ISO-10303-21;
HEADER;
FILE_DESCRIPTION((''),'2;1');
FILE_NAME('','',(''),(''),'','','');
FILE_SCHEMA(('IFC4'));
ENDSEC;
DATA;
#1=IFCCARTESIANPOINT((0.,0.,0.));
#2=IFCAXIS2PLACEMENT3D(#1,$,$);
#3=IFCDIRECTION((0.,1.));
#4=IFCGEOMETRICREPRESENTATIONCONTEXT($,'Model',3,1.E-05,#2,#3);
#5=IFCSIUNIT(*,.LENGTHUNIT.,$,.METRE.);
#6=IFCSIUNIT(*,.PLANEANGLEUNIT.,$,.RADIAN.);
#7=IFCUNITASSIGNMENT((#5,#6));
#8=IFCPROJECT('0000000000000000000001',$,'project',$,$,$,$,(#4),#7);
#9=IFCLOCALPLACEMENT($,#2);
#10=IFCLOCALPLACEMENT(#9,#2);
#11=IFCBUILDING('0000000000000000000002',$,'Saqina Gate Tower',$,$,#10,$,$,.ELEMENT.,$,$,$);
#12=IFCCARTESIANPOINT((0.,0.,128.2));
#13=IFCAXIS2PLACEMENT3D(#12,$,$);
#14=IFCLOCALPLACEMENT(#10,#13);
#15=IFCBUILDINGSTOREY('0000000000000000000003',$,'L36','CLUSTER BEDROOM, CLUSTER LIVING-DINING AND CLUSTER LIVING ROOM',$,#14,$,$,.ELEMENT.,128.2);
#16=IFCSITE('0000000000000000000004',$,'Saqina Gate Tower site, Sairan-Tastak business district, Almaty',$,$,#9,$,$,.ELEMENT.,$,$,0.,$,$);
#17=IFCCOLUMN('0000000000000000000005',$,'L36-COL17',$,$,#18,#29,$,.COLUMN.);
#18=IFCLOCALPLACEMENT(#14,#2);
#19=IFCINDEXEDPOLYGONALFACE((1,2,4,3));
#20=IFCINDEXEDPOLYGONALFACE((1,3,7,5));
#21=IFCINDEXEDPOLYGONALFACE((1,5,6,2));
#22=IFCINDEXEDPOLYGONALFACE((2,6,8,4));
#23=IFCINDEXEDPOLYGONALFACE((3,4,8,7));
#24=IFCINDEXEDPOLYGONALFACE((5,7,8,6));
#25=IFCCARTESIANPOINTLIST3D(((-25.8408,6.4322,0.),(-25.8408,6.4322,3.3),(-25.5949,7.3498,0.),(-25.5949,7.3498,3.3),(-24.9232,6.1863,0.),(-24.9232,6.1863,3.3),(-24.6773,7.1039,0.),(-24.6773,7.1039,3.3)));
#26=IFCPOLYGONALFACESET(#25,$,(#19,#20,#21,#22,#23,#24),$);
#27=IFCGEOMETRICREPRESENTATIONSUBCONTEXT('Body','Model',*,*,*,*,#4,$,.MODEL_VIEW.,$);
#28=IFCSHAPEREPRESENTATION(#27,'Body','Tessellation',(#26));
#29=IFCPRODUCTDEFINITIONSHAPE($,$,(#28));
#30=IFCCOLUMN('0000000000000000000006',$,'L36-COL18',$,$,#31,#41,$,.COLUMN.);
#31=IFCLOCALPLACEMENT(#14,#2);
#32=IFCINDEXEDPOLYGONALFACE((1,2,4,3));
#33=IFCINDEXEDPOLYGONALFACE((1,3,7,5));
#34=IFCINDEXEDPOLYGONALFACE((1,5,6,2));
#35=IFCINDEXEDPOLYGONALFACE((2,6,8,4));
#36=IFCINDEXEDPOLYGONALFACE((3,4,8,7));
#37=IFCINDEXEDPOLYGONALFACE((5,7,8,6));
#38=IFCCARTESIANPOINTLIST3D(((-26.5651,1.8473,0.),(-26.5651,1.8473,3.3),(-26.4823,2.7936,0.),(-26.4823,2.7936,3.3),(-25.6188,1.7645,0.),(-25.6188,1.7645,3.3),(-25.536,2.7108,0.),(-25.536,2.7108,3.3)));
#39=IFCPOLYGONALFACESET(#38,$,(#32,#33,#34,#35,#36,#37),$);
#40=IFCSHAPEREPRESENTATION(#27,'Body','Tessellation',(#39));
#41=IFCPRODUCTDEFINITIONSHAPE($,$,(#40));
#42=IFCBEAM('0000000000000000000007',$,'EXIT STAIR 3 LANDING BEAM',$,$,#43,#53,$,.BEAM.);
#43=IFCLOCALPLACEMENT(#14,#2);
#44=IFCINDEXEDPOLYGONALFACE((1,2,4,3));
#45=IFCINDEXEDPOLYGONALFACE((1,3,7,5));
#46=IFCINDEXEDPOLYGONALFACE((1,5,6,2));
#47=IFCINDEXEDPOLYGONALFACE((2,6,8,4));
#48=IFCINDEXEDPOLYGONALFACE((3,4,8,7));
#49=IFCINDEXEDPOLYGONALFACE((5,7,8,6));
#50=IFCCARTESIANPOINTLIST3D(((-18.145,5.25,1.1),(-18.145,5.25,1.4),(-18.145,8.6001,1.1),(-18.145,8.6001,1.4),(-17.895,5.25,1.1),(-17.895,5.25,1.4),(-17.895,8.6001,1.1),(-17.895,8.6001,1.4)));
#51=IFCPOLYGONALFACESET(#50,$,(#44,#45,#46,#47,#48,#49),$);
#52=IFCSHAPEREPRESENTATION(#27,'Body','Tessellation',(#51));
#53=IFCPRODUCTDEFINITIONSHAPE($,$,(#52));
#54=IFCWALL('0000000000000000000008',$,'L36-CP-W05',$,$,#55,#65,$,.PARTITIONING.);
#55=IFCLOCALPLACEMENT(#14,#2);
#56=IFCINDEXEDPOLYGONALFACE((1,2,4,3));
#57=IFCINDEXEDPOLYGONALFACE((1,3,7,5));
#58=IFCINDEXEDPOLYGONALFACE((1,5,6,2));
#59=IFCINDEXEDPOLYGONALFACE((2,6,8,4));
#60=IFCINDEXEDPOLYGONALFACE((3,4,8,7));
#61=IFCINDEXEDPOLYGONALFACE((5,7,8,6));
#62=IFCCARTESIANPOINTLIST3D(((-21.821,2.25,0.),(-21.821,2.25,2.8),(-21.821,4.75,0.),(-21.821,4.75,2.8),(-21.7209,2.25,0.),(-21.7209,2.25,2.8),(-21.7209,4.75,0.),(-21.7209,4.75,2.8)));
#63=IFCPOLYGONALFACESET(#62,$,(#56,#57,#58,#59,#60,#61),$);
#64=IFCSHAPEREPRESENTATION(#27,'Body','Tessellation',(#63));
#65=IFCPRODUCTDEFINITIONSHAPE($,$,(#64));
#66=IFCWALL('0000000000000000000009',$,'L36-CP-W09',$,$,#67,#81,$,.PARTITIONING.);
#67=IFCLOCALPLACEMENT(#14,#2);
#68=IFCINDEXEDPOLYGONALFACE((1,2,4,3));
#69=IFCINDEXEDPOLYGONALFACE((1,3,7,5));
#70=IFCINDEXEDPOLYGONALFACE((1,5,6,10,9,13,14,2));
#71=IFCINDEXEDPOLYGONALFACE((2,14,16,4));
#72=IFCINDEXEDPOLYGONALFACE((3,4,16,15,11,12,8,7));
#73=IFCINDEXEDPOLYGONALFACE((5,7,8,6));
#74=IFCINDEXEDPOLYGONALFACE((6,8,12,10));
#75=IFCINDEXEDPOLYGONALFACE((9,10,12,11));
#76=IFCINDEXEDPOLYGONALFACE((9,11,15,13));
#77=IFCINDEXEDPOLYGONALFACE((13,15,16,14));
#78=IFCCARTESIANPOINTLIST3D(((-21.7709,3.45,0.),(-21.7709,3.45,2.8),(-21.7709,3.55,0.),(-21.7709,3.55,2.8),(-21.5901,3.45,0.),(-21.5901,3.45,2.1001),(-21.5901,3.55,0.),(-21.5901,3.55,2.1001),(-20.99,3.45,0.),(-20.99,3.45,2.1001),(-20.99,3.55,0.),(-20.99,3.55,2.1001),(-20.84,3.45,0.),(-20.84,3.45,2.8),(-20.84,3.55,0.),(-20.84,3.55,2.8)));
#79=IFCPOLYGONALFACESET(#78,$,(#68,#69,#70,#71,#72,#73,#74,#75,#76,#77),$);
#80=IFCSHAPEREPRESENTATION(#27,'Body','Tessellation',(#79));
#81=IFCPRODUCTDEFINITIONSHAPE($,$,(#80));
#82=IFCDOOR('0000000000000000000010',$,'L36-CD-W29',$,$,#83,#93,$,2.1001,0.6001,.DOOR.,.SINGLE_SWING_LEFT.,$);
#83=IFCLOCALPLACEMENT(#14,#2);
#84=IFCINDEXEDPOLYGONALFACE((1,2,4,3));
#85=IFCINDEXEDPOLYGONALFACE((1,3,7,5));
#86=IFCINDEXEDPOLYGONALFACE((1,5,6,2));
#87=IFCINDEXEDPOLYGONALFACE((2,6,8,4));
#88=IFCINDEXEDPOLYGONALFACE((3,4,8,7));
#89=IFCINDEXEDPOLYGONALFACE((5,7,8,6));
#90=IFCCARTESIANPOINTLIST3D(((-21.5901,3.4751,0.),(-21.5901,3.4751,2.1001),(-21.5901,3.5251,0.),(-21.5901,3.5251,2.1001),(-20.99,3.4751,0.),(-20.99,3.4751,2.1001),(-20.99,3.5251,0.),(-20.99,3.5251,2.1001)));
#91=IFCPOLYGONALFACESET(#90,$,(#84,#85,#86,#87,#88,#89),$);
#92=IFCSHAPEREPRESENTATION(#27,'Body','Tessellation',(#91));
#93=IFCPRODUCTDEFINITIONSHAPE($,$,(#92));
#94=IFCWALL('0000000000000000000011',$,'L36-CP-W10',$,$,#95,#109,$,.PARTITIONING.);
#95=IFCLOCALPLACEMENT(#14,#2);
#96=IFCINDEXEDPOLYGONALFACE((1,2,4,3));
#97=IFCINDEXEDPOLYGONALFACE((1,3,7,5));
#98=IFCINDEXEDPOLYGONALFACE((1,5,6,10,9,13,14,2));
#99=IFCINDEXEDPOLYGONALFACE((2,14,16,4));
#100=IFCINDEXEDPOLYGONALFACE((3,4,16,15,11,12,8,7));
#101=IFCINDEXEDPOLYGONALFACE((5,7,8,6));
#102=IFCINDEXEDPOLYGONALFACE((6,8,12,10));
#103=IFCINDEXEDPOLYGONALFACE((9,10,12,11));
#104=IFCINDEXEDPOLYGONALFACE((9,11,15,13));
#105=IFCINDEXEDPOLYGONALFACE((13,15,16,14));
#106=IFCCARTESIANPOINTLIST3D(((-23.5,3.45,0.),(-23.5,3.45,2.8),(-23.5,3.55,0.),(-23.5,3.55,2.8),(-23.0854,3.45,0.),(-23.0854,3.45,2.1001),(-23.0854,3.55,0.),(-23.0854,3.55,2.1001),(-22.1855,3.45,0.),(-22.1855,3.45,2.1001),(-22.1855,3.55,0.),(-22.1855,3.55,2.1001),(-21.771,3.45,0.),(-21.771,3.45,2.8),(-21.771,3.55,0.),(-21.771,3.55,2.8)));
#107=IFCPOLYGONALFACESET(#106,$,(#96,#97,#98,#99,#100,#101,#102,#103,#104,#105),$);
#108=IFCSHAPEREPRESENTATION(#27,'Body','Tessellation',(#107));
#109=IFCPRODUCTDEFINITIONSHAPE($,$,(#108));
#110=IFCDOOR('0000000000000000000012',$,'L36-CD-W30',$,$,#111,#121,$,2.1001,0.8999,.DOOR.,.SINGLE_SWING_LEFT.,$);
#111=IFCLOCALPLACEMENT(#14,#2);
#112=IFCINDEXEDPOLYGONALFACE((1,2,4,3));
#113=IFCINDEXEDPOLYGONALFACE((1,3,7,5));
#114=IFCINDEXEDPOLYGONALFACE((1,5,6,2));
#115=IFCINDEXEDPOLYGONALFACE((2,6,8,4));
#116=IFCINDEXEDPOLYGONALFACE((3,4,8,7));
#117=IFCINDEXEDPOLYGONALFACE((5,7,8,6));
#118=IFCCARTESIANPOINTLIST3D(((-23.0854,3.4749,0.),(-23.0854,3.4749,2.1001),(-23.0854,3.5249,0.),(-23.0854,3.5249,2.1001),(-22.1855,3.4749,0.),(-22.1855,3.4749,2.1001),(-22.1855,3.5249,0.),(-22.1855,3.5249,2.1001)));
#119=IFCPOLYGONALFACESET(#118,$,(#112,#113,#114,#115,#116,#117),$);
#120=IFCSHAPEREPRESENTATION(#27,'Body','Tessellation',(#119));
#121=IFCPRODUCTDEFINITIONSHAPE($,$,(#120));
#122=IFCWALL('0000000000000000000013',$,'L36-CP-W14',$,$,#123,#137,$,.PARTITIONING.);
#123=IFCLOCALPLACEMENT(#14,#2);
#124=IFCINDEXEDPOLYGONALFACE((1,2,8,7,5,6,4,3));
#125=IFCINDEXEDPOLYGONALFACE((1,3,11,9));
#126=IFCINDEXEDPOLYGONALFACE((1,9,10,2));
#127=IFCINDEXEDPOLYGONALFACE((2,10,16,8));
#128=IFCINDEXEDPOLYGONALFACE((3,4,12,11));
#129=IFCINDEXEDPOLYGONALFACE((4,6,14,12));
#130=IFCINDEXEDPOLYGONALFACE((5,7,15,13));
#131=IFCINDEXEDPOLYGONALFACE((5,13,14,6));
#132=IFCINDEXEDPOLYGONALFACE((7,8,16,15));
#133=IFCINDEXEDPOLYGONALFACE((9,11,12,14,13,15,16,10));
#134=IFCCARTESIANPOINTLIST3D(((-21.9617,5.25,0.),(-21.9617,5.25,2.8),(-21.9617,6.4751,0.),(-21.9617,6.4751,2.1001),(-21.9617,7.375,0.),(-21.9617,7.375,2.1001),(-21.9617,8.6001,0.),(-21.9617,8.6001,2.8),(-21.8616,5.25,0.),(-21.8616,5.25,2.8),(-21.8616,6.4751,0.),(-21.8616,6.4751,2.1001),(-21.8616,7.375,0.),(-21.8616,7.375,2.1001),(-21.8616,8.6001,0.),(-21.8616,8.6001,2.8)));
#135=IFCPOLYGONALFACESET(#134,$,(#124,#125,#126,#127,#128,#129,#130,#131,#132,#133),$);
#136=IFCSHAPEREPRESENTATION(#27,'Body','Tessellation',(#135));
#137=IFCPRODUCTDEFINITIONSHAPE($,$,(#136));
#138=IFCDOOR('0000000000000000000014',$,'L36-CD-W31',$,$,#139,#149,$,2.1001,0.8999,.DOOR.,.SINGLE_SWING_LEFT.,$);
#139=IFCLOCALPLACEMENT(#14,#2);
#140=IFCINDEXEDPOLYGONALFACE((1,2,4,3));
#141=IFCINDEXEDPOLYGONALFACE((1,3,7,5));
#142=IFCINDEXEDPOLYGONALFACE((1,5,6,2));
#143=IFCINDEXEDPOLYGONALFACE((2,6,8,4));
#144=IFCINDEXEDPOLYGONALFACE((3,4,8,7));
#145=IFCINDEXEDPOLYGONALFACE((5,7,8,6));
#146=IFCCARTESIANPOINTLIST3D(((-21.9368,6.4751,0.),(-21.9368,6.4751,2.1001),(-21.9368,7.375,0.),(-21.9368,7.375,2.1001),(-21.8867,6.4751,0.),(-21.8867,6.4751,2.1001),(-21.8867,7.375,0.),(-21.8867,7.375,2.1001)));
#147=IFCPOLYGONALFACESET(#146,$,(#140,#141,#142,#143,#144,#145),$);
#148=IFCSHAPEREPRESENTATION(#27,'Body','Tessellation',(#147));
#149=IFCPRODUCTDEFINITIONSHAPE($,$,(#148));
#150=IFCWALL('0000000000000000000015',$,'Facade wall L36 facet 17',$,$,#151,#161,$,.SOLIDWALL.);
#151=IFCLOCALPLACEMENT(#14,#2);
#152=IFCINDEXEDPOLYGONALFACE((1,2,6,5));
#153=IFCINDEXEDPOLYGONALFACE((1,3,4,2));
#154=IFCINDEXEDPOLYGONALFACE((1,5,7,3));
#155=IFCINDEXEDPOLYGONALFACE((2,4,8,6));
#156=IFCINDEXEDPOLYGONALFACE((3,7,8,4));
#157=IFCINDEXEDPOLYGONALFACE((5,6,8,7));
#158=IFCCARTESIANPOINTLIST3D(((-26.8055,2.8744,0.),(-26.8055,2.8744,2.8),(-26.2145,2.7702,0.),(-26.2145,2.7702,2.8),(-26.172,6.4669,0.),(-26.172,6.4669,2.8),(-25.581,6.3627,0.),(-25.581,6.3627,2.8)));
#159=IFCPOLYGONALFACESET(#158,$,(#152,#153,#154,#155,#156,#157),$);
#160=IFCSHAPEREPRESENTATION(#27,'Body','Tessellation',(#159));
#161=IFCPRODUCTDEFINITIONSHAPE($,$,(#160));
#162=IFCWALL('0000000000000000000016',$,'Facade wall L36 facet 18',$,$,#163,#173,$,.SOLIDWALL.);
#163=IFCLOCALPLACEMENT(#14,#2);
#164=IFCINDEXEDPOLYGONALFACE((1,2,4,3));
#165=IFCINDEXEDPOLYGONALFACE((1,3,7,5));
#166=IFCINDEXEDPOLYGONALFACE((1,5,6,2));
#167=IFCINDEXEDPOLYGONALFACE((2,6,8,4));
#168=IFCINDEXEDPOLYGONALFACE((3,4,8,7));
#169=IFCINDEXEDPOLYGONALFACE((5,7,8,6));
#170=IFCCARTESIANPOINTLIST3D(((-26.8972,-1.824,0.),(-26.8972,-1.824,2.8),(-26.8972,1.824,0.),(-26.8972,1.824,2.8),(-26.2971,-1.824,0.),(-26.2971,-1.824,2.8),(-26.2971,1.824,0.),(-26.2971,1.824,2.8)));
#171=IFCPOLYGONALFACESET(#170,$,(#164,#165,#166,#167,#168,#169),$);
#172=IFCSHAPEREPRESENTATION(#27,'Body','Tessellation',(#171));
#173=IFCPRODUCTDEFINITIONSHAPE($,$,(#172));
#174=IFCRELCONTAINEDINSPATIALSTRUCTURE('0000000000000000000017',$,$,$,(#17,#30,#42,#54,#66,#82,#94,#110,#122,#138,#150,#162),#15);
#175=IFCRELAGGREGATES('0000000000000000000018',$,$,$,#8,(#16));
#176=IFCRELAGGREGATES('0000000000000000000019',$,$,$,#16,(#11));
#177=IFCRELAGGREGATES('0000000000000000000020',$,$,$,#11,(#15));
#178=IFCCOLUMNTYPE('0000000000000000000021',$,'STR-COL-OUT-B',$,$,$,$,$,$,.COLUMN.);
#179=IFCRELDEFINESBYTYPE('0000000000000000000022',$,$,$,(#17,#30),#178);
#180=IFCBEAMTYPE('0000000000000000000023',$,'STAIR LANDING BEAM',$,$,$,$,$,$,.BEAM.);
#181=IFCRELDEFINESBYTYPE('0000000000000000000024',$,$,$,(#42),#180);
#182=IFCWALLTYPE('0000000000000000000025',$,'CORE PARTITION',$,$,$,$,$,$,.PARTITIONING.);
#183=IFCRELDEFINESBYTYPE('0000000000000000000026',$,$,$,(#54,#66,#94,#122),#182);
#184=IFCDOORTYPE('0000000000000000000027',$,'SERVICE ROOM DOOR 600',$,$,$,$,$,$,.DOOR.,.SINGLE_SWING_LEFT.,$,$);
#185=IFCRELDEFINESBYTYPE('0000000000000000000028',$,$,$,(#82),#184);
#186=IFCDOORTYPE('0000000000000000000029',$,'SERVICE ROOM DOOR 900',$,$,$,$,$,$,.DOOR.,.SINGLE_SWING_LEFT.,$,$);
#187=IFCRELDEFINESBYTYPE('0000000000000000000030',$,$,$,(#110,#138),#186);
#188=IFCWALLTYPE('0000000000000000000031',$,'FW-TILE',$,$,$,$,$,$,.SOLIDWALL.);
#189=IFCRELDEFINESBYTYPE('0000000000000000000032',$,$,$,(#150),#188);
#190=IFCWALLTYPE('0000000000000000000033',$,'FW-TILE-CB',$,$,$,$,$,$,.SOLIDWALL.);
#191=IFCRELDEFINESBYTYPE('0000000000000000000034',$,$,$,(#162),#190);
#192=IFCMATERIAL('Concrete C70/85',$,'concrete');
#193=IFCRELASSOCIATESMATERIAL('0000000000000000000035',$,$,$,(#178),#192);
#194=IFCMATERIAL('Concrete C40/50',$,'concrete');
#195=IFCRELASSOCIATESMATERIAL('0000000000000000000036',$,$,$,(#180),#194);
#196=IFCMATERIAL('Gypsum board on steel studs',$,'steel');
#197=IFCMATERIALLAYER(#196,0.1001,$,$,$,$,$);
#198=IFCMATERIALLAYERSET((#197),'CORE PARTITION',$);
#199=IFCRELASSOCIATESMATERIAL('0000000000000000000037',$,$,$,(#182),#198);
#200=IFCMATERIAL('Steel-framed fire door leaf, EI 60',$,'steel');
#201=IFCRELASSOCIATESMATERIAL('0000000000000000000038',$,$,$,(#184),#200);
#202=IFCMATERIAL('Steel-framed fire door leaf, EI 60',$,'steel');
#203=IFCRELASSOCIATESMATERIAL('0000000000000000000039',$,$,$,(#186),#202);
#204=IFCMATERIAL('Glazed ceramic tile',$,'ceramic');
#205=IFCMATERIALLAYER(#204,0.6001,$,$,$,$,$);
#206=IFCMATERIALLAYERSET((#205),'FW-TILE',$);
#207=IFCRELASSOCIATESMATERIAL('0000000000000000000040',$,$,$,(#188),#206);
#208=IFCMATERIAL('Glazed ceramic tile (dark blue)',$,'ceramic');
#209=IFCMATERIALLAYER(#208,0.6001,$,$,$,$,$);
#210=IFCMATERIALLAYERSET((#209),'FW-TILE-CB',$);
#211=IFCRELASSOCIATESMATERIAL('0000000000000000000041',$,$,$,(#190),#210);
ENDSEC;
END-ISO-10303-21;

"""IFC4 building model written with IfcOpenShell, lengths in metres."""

from ifc_helpers import new_model, si_unit, direction, frame, frame_2d, origin, origin_2d, place, context, subcontext, project, spatial, rectangle, extrude, material, layer, layer_set, material_profile, profile_set, type_object, element, fill, save


model = new_model("IFC4")

# Units and contexts
model_context = context("Model", 3, precision=1e-05, world=origin(), true_north=direction((0.0, 1.0)))
body_context = subcontext(model_context, "Body", "Model", "MODEL_VIEW")
ifc_project = project(units=[si_unit("LENGTHUNIT", "METRE"), si_unit("PLANEANGLEUNIT", "RADIAN")], contexts=[model_context])

# Site, building, storey
site_placement = place(None, origin())
site = spatial("IfcSite", under=ifc_project, at=site_placement, Name="Saqina Gate Tower site, Sairan-Tastak business district, Almaty", CompositionType="ELEMENT", RefElevation=0.0)
building_placement = place(site_placement, origin())
building = spatial("IfcBuilding", under=site, at=building_placement, Name="Saqina Gate Tower", CompositionType="ELEMENT")
storey_placement = place(building_placement, frame((0.0, 0.0, 128.2)))
storey = spatial("IfcBuildingStorey", under=building, at=storey_placement, Name="L36", Description="CLUSTER BEDROOM, CLUSTER LIVING-DINING AND CLUSTER LIVING ROOM", CompositionType="ELEMENT", Elevation=128.2)

# Columns
ifc_material_1 = material(Name="Concrete C70/85", Category="concrete")
ifc_material_profile_1 = material_profile(ifc_material_1, rectangle(XDim=0.95, YDim=0.95, at=origin_2d()), Name="RC 950x950")
ifc_profile_set_1 = profile_set([ifc_material_profile_1], Name="Concrete C70/85")
column_type = type_object("IfcColumnType", Name="STR-COL-OUT-B", PredefinedType="COLUMN", material=ifc_profile_set_1)
for number, where, z_axis, x_axis, name in (
    (1, (-25.259, 6.7681, 0.0), (0.0, 0.0, 1.0), (-0.965926, 0.258819, 0.0), "L36-COL17"),
    (2, (-26.0505, 2.2791, 0.0), (0.0, 0.0, 1.0), (-0.996195, 0.087156, 0.0), "L36-COL18"),
):
    element("IfcColumn", number, at=place(storey_placement, frame(where, z_axis=z_axis, x_axis=x_axis)), inside=storey, type_object=column_type, Name=name, PredefinedType="COLUMN", context=body_context, shape_type="SweptSolid", body=[
        extrude(rectangle(XDim=0.95, YDim=0.95, at=origin_2d()), origin(), (0.0, 0.0, 1.0), 3.3),
    ])

# Beam
ifc_material_2 = material(Name="Concrete C40/50", Category="concrete")
ifc_material_profile_2 = material_profile(ifc_material_2, rectangle(XDim=0.25, YDim=0.3, at=origin_2d()), Name="STAIR LANDING BEAM")
ifc_profile_set_2 = profile_set([ifc_material_profile_2], Name="Concrete C40/50")
beam_type = type_object("IfcBeamType", Name="STAIR LANDING BEAM", PredefinedType="BEAM", material=ifc_profile_set_2)
beam_placement = place(storey_placement, frame((-18.02, 5.25, 1.25), z_axis=(0.0, 1.0, 0.0), x_axis=(-1.0, 0.0, 0.0)))
element("IfcBeam", 3, at=beam_placement, inside=storey, type_object=beam_type, Name="EXIT STAIR 3 LANDING BEAM", PredefinedType="BEAM", context=body_context, shape_type="SweptSolid", body=[
    extrude(rectangle(XDim=0.25, YDim=0.3, at=origin_2d()), origin(), (0.0, 0.0, 1.0), 3.3501),
])

# Wall
ifc_material_3 = material(Name="Gypsum board on steel studs", Category="steel")
ifc_layer_1 = layer(ifc_material_3, 0.1001)
ifc_layer_set_1 = layer_set([ifc_layer_1], Name="CORE PARTITION")
wall_type_1 = type_object("IfcWallType", Name="CORE PARTITION", PredefinedType="PARTITIONING", material=ifc_layer_set_1)
wall_1_placement = place(storey_placement, frame((-21.771, 2.25, 0.0), z_axis=(0.0, 0.0, 1.0), x_axis=(0.0, 1.0, 0.0)))
element("IfcWall", 4, at=wall_1_placement, inside=storey, type_object=wall_type_1, Name="L36-CP-W05", PredefinedType="PARTITIONING", context=body_context, shape_type="SweptSolid", body=[
    extrude(rectangle(XDim=2.5, YDim=0.1001, at=frame_2d((1.25, 0.0))), origin(), (0.0, 0.0, 1.0), 2.8),
])

# Walls, openings, doors
wall_2_placement = place(storey_placement, frame((-20.8401, 3.5, 0.0), z_axis=(0.0, 0.0, 1.0), x_axis=(-1.0, 0.0, 0.0)))
wall_2 = element("IfcWall", 5, at=wall_2_placement, inside=storey, type_object=wall_type_1, Name="L36-CP-W09", PredefinedType="PARTITIONING", context=body_context, shape_type="SweptSolid", body=[
    extrude(rectangle(XDim=0.9309, YDim=0.1001, at=frame_2d((0.4653, 0.0))), origin(), (0.0, 0.0, 1.0), 2.8),
])
opening_1_placement = place(wall_2_placement, frame((0.1499, 0.0, 0.0)))
opening_1 = element("IfcOpeningElement", 6, at=opening_1_placement, cuts=wall_2, PredefinedType="OPENING", context=body_context, shape_type="SweptSolid", body=[
    extrude(rectangle(XDim=0.6001, YDim=2.1001, at=frame_2d((0.3, 1.05))), frame((0.0, 0.062, 0.0), z_axis=(0.0, -1.0, 0.0), x_axis=(1.0, 0.0, 0.0)), (0.0, 0.0, 1.0), 0.124),
])
ifc_material_4 = material(Name="Steel-framed fire door leaf, EI 60", Category="steel")
door_type_1 = type_object("IfcDoorType", Name="SERVICE ROOM DOOR 600", OperationType="SINGLE_SWING_LEFT", PredefinedType="DOOR", material=ifc_material_4)
door_1_placement = place(opening_1_placement, origin())
door_1 = element("IfcDoor", 7, at=door_1_placement, inside=storey, type_object=door_type_1, Name="L36-CD-W29", OperationType="SINGLE_SWING_LEFT", OverallHeight=2.1001, OverallWidth=0.6001, PredefinedType="DOOR", context=body_context, shape_type="SweptSolid", body=[
    extrude(rectangle(XDim=0.6001, YDim=2.1001, at=frame_2d((0.3, 1.05))), frame((0.0, 0.0249, 0.0), z_axis=(0.0, -1.0, 0.0), x_axis=(1.0, 0.0, 0.0)), (0.0, 0.0, 1.0), 0.05),
])
fill(opening_1, door_1)
wall_3_placement = place(storey_placement, frame((-21.771, 3.5, 0.0), z_axis=(0.0, 0.0, 1.0), x_axis=(-1.0, 0.0, 0.0)))
wall_3 = element("IfcWall", 8, at=wall_3_placement, inside=storey, type_object=wall_type_1, Name="L36-CP-W10", PredefinedType="PARTITIONING", context=body_context, shape_type="SweptSolid", body=[
    extrude(rectangle(XDim=1.729, YDim=0.1001, at=frame_2d((0.8645, 0.0))), origin(), (0.0, 0.0, 1.0), 2.8),
])
opening_2_placement = place(wall_3_placement, frame((0.4146, 0.0, 0.0)))
opening_2 = element("IfcOpeningElement", 9, at=opening_2_placement, cuts=wall_3, PredefinedType="OPENING", context=body_context, shape_type="SweptSolid", body=[
    extrude(rectangle(XDim=0.8999, YDim=2.1001, at=frame_2d((0.45, 1.05))), frame((0.0, 0.062, 0.0), z_axis=(0.0, -1.0, 0.0), x_axis=(1.0, 0.0, 0.0)), (0.0, 0.0, 1.0), 0.124),
])
ifc_material_5 = material(Name="Steel-framed fire door leaf, EI 60", Category="steel")
door_type_2 = type_object("IfcDoorType", Name="SERVICE ROOM DOOR 900", OperationType="SINGLE_SWING_LEFT", PredefinedType="DOOR", material=ifc_material_5)
door_2_placement = place(opening_2_placement, frame((0.8999, 0.0, 0.0), z_axis=(0.0, 0.0, 1.0), x_axis=(-1.0, 0.0, 0.0)))
door_2 = element("IfcDoor", 10, at=door_2_placement, inside=storey, type_object=door_type_2, Name="L36-CD-W30", OperationType="SINGLE_SWING_LEFT", OverallHeight=2.1001, OverallWidth=0.8999, PredefinedType="DOOR", context=body_context, shape_type="SweptSolid", body=[
    extrude(rectangle(XDim=0.8999, YDim=2.1001, at=frame_2d((0.45, 1.05))), frame((0.0, 0.0249, 0.0), z_axis=(0.0, -1.0, 0.0), x_axis=(1.0, 0.0, 0.0)), (0.0, 0.0, 1.0), 0.05),
])
fill(opening_2, door_2)
wall_4_placement = place(storey_placement, frame((-21.9116, 5.25, 0.0), z_axis=(0.0, 0.0, 1.0), x_axis=(0.0, 1.0, 0.0)))
wall_4 = element("IfcWall", 11, at=wall_4_placement, inside=storey, type_object=wall_type_1, Name="L36-CP-W14", PredefinedType="PARTITIONING", context=body_context, shape_type="SweptSolid", body=[
    extrude(rectangle(XDim=3.3501, YDim=0.1001, at=frame_2d((1.675, 0.0))), origin(), (0.0, 0.0, 1.0), 2.8),
])
opening_3_placement = place(wall_4_placement, frame((1.2251, 0.0, 0.0)))
opening_3 = element("IfcOpeningElement", 12, at=opening_3_placement, cuts=wall_4, PredefinedType="OPENING", context=body_context, shape_type="SweptSolid", body=[
    extrude(rectangle(XDim=0.8999, YDim=2.1001, at=frame_2d((0.45, 1.05))), frame((0.0, 0.062, 0.0), z_axis=(0.0, -1.0, 0.0), x_axis=(1.0, 0.0, 0.0)), (0.0, 0.0, 1.0), 0.124),
])
door_3_placement = place(opening_3_placement, frame((0.8999, 0.0, 0.0), z_axis=(0.0, 0.0, 1.0), x_axis=(-1.0, 0.0, 0.0)))
door_3 = element("IfcDoor", 13, at=door_3_placement, inside=storey, type_object=door_type_2, Name="L36-CD-W31", OperationType="SINGLE_SWING_LEFT", OverallHeight=2.1001, OverallWidth=0.8999, PredefinedType="DOOR", context=body_context, shape_type="SweptSolid", body=[
    extrude(rectangle(XDim=0.8999, YDim=2.1001, at=frame_2d((0.45, 1.05))), frame((0.0, 0.0249, 0.0), z_axis=(0.0, -1.0, 0.0), x_axis=(1.0, 0.0, 0.0)), (0.0, 0.0, 1.0), 0.05),
])
fill(opening_3, door_3)

# Walls
ifc_material_6 = material(Name="Glazed ceramic tile", Category="ceramic")
ifc_layer_2 = layer(ifc_material_6, 0.6001)
ifc_layer_set_2 = layer_set([ifc_layer_2], Name="FW-TILE")
wall_type_2 = type_object("IfcWallType", Name="FW-TILE", PredefinedType="SOLIDWALL", material=ifc_layer_set_2)
wall_5_placement = place(storey_placement, frame((-25.8765, 6.4148, 0.0), z_axis=(0.0, 0.0, 1.0), x_axis=(-0.173671, -0.984804, 0.0)))
element("IfcWall", 14, at=wall_5_placement, inside=storey, type_object=wall_type_2, Name="Facade wall L36 facet 17", PredefinedType="SOLIDWALL", context=body_context, shape_type="SweptSolid", body=[
    extrude(rectangle(XDim=3.6479, YDim=0.6001, at=frame_2d((1.824, 0.0))), origin(), (0.0, 0.0, 1.0), 2.8),
])
ifc_material_7 = material(Name="Glazed ceramic tile (dark blue)", Category="ceramic")
ifc_layer_3 = layer(ifc_material_7, 0.6001)
ifc_layer_set_3 = layer_set([ifc_layer_3], Name="FW-TILE-CB")
wall_type_3 = type_object("IfcWallType", Name="FW-TILE-CB", PredefinedType="SOLIDWALL", material=ifc_layer_set_3)
wall_6_placement = place(storey_placement, frame((-26.5972, 1.824, 0.0), z_axis=(0.0, 0.0, 1.0), x_axis=(0.0, -1.0, 0.0)))
element("IfcWall", 15, at=wall_6_placement, inside=storey, type_object=wall_type_3, Name="Facade wall L36 facet 18", PredefinedType="SOLIDWALL", context=body_context, shape_type="SweptSolid", body=[
    extrude(rectangle(XDim=3.6479, YDim=0.6001, at=frame_2d((1.824, 0.0))), origin(), (0.0, 0.0, 1.0), 2.8),
])

save(model, "model.ifc")
